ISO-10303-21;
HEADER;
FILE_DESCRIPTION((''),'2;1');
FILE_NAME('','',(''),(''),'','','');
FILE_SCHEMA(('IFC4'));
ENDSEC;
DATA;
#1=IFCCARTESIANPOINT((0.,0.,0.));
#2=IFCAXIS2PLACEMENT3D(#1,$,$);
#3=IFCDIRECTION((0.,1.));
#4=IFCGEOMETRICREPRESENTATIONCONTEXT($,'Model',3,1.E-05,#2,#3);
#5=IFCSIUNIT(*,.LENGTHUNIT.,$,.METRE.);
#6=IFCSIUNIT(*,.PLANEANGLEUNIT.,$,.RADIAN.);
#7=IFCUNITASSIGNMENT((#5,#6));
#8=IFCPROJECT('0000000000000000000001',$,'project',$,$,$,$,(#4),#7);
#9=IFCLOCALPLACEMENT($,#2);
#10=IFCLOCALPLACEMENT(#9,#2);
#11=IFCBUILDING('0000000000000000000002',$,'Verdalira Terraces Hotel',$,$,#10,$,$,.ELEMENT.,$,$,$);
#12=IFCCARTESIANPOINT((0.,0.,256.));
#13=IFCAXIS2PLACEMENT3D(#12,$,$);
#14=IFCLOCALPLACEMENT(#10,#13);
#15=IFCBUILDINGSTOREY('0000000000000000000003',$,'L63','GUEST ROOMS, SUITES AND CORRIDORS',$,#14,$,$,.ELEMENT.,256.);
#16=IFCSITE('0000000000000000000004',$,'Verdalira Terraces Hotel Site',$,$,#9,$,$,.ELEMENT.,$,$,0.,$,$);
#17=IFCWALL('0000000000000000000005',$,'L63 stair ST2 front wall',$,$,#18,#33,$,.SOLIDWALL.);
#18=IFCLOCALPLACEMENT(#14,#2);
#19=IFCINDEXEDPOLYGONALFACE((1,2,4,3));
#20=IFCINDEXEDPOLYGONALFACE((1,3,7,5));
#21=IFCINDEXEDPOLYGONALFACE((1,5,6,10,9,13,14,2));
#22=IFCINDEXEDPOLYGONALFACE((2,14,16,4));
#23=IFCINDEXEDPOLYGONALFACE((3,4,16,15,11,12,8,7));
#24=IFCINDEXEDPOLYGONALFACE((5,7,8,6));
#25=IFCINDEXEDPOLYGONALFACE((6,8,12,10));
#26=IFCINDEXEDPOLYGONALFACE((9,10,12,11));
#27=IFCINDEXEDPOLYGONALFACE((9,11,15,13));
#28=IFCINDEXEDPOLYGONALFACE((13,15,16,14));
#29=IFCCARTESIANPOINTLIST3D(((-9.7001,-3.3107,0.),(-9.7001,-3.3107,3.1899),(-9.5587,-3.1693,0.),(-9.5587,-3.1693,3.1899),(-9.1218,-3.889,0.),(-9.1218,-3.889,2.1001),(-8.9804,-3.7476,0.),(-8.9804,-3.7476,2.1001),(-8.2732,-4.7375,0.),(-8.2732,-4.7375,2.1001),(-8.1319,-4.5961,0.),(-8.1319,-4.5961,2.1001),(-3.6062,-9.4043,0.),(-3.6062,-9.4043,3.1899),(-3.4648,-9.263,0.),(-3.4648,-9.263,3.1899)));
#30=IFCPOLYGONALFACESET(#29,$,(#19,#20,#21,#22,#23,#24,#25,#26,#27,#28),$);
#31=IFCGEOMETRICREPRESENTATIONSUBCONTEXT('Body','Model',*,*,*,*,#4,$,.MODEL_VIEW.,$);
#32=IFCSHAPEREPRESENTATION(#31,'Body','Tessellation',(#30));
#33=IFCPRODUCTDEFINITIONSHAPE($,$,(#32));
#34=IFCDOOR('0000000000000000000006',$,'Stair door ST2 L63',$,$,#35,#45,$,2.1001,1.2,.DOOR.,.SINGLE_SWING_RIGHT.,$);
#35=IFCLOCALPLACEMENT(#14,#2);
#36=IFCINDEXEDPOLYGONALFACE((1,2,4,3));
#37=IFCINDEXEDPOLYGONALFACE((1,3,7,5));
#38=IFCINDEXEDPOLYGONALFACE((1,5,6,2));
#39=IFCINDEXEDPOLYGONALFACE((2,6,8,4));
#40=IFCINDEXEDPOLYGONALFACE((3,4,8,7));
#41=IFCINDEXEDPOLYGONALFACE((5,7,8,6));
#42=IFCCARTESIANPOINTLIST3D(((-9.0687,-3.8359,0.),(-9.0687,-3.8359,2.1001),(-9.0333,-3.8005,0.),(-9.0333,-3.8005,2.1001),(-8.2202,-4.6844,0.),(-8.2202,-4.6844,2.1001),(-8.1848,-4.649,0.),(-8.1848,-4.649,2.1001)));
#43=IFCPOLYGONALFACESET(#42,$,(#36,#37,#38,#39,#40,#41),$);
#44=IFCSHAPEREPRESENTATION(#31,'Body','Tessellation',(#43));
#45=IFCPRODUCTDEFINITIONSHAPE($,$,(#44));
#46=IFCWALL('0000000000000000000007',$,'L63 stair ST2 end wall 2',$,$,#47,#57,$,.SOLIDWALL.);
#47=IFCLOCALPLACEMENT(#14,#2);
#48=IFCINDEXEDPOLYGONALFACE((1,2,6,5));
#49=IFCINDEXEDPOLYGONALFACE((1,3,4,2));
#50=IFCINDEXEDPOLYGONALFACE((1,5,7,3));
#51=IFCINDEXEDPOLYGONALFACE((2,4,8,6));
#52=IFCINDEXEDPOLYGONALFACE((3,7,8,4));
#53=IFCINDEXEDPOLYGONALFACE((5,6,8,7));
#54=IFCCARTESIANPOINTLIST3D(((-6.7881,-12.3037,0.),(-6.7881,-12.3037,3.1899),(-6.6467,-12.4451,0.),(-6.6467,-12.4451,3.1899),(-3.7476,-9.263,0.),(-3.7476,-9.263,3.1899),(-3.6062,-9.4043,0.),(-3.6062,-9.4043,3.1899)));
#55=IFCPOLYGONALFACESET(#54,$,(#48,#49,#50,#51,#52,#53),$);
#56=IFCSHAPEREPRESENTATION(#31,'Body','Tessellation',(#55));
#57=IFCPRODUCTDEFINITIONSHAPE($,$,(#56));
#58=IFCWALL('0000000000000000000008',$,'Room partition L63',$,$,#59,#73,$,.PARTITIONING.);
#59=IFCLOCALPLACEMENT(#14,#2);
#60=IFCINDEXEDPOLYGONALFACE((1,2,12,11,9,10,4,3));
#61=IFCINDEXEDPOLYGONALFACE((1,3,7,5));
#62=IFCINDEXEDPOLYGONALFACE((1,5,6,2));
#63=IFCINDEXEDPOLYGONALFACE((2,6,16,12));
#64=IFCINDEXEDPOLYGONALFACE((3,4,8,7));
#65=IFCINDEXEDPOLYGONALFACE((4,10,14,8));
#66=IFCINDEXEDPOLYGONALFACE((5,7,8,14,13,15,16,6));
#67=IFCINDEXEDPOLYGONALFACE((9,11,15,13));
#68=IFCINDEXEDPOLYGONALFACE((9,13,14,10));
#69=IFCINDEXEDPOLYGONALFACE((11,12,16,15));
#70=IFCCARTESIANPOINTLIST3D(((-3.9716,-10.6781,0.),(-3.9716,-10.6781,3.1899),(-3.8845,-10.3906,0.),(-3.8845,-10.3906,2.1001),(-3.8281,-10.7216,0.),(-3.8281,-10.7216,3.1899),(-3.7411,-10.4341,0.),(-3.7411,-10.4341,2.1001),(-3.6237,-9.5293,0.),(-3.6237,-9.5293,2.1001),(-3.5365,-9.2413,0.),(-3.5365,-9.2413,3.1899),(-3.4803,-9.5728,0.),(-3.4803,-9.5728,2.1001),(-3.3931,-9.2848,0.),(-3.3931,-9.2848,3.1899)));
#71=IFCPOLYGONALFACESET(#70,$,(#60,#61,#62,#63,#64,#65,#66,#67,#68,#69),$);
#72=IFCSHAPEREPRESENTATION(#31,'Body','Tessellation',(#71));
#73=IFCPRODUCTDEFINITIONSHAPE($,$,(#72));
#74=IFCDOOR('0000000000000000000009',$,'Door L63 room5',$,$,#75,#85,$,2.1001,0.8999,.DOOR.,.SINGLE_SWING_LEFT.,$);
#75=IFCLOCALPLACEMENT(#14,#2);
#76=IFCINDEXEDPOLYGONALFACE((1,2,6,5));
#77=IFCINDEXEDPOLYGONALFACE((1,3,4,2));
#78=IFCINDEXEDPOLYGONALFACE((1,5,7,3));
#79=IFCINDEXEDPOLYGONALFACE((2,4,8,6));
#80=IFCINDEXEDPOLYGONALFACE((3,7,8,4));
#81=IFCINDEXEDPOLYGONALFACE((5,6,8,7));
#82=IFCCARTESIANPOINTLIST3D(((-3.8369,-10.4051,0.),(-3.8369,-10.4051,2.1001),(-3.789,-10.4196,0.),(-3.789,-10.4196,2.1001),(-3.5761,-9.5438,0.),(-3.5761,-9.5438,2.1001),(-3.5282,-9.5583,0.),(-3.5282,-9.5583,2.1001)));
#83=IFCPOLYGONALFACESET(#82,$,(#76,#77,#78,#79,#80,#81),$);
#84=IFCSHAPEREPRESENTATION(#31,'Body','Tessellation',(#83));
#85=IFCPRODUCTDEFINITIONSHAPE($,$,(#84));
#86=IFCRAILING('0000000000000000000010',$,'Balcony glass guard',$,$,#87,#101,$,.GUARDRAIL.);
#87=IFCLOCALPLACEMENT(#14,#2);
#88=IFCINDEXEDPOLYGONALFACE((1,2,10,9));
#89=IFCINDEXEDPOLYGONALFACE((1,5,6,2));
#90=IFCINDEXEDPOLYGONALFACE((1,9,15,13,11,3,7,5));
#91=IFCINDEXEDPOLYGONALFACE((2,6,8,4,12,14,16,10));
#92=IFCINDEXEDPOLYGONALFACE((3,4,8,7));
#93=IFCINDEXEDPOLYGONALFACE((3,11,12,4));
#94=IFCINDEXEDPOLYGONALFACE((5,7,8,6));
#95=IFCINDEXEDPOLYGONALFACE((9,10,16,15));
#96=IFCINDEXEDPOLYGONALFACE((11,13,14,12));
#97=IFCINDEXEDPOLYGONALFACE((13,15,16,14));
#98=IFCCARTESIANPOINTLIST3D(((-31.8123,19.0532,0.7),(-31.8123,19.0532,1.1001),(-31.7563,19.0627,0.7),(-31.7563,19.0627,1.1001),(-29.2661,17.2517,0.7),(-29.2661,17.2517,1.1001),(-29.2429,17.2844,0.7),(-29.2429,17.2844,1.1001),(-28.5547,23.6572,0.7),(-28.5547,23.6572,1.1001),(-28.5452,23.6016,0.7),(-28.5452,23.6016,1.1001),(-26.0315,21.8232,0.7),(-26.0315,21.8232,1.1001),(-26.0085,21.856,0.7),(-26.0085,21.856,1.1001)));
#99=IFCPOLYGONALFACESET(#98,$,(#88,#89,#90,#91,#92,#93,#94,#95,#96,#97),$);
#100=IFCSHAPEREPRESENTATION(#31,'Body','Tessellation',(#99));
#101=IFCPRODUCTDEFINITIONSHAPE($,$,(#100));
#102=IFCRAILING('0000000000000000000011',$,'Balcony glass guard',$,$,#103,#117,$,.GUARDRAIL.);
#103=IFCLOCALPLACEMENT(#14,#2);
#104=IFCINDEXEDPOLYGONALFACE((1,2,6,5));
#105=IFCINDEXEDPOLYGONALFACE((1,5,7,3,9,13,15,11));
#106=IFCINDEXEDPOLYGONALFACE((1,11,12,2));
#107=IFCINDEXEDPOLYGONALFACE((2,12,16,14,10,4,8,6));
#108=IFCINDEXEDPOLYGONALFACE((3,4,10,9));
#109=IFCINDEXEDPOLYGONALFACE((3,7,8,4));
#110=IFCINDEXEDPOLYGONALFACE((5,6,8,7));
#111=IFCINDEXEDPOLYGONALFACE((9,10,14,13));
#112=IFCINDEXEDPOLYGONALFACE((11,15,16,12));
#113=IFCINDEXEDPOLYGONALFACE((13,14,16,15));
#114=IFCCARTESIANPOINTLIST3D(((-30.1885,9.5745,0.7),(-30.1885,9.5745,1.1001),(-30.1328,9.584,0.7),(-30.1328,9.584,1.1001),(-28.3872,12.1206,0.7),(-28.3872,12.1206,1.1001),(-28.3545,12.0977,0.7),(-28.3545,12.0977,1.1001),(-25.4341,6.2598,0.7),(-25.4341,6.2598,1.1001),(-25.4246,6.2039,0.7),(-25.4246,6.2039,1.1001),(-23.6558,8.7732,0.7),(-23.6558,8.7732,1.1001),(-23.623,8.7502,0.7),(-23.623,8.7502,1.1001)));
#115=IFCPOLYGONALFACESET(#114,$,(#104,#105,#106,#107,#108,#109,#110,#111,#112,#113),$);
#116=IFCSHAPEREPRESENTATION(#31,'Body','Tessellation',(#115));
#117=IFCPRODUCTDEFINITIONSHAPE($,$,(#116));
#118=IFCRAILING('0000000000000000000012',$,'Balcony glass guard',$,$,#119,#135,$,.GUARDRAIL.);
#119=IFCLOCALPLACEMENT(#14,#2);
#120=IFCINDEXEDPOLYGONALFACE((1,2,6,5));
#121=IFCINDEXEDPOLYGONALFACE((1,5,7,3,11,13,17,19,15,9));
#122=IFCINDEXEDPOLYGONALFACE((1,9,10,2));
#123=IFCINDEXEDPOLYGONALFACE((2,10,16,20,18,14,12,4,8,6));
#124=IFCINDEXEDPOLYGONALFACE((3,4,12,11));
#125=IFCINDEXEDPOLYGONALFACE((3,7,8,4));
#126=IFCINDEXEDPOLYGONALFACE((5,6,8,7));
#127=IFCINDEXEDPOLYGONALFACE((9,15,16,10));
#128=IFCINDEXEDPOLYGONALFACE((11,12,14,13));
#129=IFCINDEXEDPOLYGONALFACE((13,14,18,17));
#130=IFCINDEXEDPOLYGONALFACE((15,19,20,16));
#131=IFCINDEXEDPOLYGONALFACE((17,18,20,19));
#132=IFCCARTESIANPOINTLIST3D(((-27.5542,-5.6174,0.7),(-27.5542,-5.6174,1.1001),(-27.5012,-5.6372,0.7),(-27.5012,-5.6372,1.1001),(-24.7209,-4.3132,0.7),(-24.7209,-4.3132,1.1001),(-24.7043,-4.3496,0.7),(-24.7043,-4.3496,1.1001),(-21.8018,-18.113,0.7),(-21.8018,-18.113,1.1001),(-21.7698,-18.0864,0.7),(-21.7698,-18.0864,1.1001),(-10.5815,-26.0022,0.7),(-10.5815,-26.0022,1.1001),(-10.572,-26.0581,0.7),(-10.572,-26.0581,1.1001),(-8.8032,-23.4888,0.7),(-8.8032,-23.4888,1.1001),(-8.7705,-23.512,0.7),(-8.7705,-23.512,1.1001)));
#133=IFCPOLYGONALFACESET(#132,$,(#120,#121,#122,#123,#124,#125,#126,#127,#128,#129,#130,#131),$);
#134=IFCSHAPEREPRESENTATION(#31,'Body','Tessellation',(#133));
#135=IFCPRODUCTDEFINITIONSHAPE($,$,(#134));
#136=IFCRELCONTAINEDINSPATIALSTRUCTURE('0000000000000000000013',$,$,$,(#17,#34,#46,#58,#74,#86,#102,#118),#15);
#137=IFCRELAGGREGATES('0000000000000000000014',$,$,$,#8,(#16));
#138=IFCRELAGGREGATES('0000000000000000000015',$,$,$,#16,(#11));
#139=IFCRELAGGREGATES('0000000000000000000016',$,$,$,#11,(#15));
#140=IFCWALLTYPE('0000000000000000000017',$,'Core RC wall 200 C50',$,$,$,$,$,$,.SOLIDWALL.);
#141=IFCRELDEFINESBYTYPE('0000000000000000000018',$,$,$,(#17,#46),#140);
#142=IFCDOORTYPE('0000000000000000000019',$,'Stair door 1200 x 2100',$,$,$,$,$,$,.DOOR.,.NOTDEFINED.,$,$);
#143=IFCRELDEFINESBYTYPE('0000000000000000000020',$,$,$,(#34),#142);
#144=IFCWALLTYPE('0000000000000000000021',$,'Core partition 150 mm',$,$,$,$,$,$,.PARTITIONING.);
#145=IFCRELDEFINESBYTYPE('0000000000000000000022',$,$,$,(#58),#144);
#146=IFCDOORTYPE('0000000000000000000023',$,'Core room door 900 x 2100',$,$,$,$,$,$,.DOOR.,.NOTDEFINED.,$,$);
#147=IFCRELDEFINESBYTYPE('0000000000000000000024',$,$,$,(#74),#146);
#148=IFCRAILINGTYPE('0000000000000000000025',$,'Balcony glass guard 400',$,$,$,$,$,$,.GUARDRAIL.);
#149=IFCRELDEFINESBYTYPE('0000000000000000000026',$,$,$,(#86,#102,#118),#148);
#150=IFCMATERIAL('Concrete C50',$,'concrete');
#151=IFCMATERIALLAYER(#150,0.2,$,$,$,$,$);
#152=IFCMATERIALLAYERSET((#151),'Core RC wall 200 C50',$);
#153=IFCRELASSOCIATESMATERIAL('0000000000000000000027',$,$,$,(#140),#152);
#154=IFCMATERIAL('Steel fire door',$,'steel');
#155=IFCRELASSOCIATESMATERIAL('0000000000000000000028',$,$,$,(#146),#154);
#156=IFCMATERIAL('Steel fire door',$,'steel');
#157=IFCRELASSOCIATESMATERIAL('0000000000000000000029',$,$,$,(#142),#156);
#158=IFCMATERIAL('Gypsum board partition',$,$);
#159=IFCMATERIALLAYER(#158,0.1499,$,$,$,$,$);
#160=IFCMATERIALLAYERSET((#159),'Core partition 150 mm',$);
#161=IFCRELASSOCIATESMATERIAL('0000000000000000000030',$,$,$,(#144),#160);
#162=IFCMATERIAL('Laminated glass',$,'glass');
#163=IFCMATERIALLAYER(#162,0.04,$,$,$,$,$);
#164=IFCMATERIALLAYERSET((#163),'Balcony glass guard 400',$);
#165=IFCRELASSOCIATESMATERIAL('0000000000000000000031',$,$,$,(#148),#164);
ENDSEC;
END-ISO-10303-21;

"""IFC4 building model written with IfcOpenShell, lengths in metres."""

from ifc_helpers import new_model, si_unit, direction, frame, frame_2d, origin, place, context, subcontext, project, spatial, polyline, rectangle, outline, extrude, material, layer, layer_set, type_object, element, fill, save


model = new_model("IFC4")

# Units and contexts
model_context = context("Model", 3, precision=1e-05, world=origin(), true_north=direction((0.0, 1.0)))
body_context = subcontext(model_context, "Body", "Model", "MODEL_VIEW")
ifc_project = project(units=[si_unit("LENGTHUNIT", "METRE"), si_unit("PLANEANGLEUNIT", "RADIAN")], contexts=[model_context])

# Site, building, storey
site_placement = place(None, origin())
site = spatial("IfcSite", under=ifc_project, at=site_placement, Name="Verdalira Terraces Hotel Site", CompositionType="ELEMENT", RefElevation=0.0)
building_placement = place(site_placement, origin())
building = spatial("IfcBuilding", under=site, at=building_placement, Name="Verdalira Terraces Hotel", CompositionType="ELEMENT")
storey_placement = place(building_placement, frame((0.0, 0.0, 256.0)))
storey = spatial("IfcBuildingStorey", under=building, at=storey_placement, Name="L63", Description="GUEST ROOMS, SUITES AND CORRIDORS", CompositionType="ELEMENT", Elevation=256.0)

# Shared definitions
ifc_material_1 = material(Name="Concrete C50", Category="concrete")
ifc_layer_1 = layer(ifc_material_1, 0.2)
ifc_layer_set_1 = layer_set([ifc_layer_1], Name="Core RC wall 200 C50")
wall_type_1 = type_object("IfcWallType", Name="Core RC wall 200 C50", PredefinedType="SOLIDWALL", material=ifc_layer_set_1)
ifc_material_2 = material(Name="Steel fire door", Category="steel")
door_type_1 = type_object("IfcDoorType", Name="Core room door 900 x 2100", OperationType="NOTDEFINED", PredefinedType="DOOR", material=ifc_material_2)

# Wall, opening, door
wall_1_placement = place(storey_placement, frame((-3.5354, -9.3337, 0.0), z_axis=(0.0, 0.0, 1.0), x_axis=(-0.707121, 0.707093, 0.0)))
wall_1 = element("IfcWall", 1, at=wall_1_placement, inside=storey, type_object=wall_type_1, Name="L63 stair ST2 front wall", PredefinedType="SOLIDWALL", context=body_context, shape_type="SweptSolid", body=[
    extrude(rectangle(XDim=8.6179, YDim=0.2, at=frame_2d((4.3091, 0.0))), origin(), (0.0, 0.0, 1.0), 3.1899),
])
opening_1_placement = place(wall_1_placement, frame((6.6001, 0.0, 0.0)))
opening_1 = element("IfcOpeningElement", 2, at=opening_1_placement, cuts=wall_1, PredefinedType="OPENING", context=body_context, shape_type="SweptSolid", body=[
    extrude(rectangle(XDim=1.2, YDim=2.1001, at=frame_2d((0.6001, 1.05))), frame((0.0, 0.1099, 0.0), z_axis=(0.0, -1.0, 0.0), x_axis=(1.0, 0.0, 0.0)), (0.0, 0.0, 1.0), 0.22),
])
ifc_material_3 = material(Name="Steel fire door", Category="steel")
door_type_2 = type_object("IfcDoorType", Name="Stair door 1200 x 2100", OperationType="NOTDEFINED", PredefinedType="DOOR", material=ifc_material_3)
door_1_placement = place(opening_1_placement, origin())
door_1 = element("IfcDoor", 3, at=door_1_placement, inside=storey, type_object=door_type_2, Name="Stair door ST2 L63", OperationType="SINGLE_SWING_RIGHT", OverallHeight=2.1001, OverallWidth=1.2, PredefinedType="DOOR", context=body_context, shape_type="SweptSolid", body=[
    extrude(rectangle(XDim=1.2, YDim=2.1001, at=frame_2d((0.6001, 1.05))), frame((0.0, 0.0249, 0.0), z_axis=(0.0, -1.0, 0.0), x_axis=(1.0, 0.0, 0.0)), (0.0, 0.0, 1.0), 0.05),
])
fill(opening_1, door_1)

# Wall
wall_2_placement = place(storey_placement, frame((-3.677, -9.3337, 0.0), z_axis=(0.0, 0.0, 1.0), x_axis=(-0.707078, -0.707135, 0.0)))
element("IfcWall", 4, at=wall_2_placement, inside=storey, type_object=wall_type_1, Name="L63 stair ST2 end wall 2", PredefinedType="SOLIDWALL", context=body_context, shape_type="SweptSolid", body=[
    extrude(rectangle(XDim=4.3, YDim=0.2, at=frame_2d((2.1499, 0.0))), origin(), (0.0, 0.0, 1.0), 3.1899),
])

# Wall, opening, door
ifc_material_4 = material(Name="Gypsum board partition")
ifc_layer_2 = layer(ifc_material_4, 0.1499)
ifc_layer_set_2 = layer_set([ifc_layer_2], Name="Core partition 150 mm")
wall_type_2 = type_object("IfcWallType", Name="Core partition 150 mm", PredefinedType="PARTITIONING", material=ifc_layer_set_2)
wall_3_placement = place(storey_placement, frame((-3.4648, -9.2632, 0.0), z_axis=(0.0, 0.0, 1.0), x_axis=(-0.289809, -0.957085, 0.0)))
wall_3 = element("IfcWall", 5, at=wall_3_placement, inside=storey, type_object=wall_type_2, Name="Room partition L63", PredefinedType="PARTITIONING", context=body_context, shape_type="SweptSolid", body=[
    extrude(rectangle(XDim=1.5012, YDim=0.1499, at=frame_2d((0.7505, 0.0))), origin(), (0.0, 0.0, 1.0), 3.1899),
])
opening_2_placement = place(wall_3_placement, frame((0.3008, 0.0, 0.0)))
opening_2 = element("IfcOpeningElement", 6, at=opening_2_placement, cuts=wall_3, PredefinedType="OPENING", context=body_context, shape_type="SweptSolid", body=[
    extrude(rectangle(XDim=0.8999, YDim=2.1001, at=frame_2d((0.45, 1.05))), frame((0.0, 0.085, 0.0), z_axis=(0.0, -1.0, 0.0), x_axis=(1.0, 0.0, 0.0)), (0.0, 0.0, 1.0), 0.1699),
])
door_2_placement = place(opening_2_placement, origin())
door_2 = element("IfcDoor", 7, at=door_2_placement, inside=storey, type_object=door_type_1, Name="Door L63 room5", OperationType="SINGLE_SWING_LEFT", OverallHeight=2.1001, OverallWidth=0.8999, PredefinedType="DOOR", context=body_context, shape_type="SweptSolid", body=[
    extrude(rectangle(XDim=0.8999, YDim=2.1001, at=frame_2d((0.45, 1.05))), frame((0.0, 0.0249, 0.0), z_axis=(0.0, -1.0, 0.0), x_axis=(1.0, 0.0, 0.0)), (0.0, 0.0, 1.0), 0.05),
])
fill(opening_2, door_2)

# Railings
ifc_material_5 = material(Name="Laminated glass", Category="glass")
ifc_layer_3 = layer(ifc_material_5, 0.04)
ifc_layer_set_3 = layer_set([ifc_layer_3], Name="Balcony glass guard 400")
railing_type = type_object("IfcRailingType", Name="Balcony glass guard 400", PredefinedType="GUARDRAIL", material=ifc_layer_set_3)
railing_1_placement = place(storey_placement, frame((0.0, 0.0, 0.7)))
element("IfcRailing", 8, at=railing_1_placement, inside=storey, type_object=railing_type, Name="Balcony glass guard", PredefinedType="GUARDRAIL", context=body_context, shape_type="SweptSolid", body=[
    extrude(outline(polyline([(-28.5452, 23.6016), (-31.7563, 19.0627), (-29.2429, 17.2844), (-29.2661, 17.2517), (-31.8123, 19.0532), (-28.5547, 23.6572), (-26.0085, 21.856), (-26.0315, 21.8232), (-28.5452, 23.6016)])), origin(), (0.0, 0.0, 1.0), 0.4001),
])
railing_2_placement = place(storey_placement, frame((0.0, 0.0, 0.7)))
element("IfcRailing", 9, at=railing_2_placement, inside=storey, type_object=railing_type, Name="Balcony glass guard", PredefinedType="GUARDRAIL", context=body_context, shape_type="SweptSolid", body=[
    extrude(outline(polyline([(-30.1328, 9.584), (-25.4341, 6.2598), (-23.6558, 8.7732), (-23.623, 8.7502), (-25.4246, 6.2039), (-30.1885, 9.5745), (-28.3872, 12.1206), (-28.3545, 12.0977), (-30.1328, 9.584)])), origin(), (0.0, 0.0, 1.0), 0.4001),
])
railing_3_placement = place(storey_placement, frame((0.0, 0.0, 0.7)))
element("IfcRailing", 10, at=railing_3_placement, inside=storey, type_object=railing_type, Name="Balcony glass guard", PredefinedType="GUARDRAIL", context=body_context, shape_type="SweptSolid", body=[
    extrude(outline(polyline([(-27.5012, -5.6372), (-21.7698, -18.0864), (-10.5815, -26.0022), (-8.8032, -23.4888), (-8.7705, -23.512), (-10.572, -26.0581), (-21.8018, -18.113), (-27.5542, -5.6174), (-24.7209, -4.3132), (-24.7043, -4.3496), (-27.5012, -5.6372)])), origin(), (0.0, 0.0, 1.0), 0.4001),
])

save(model, "model.ifc")
